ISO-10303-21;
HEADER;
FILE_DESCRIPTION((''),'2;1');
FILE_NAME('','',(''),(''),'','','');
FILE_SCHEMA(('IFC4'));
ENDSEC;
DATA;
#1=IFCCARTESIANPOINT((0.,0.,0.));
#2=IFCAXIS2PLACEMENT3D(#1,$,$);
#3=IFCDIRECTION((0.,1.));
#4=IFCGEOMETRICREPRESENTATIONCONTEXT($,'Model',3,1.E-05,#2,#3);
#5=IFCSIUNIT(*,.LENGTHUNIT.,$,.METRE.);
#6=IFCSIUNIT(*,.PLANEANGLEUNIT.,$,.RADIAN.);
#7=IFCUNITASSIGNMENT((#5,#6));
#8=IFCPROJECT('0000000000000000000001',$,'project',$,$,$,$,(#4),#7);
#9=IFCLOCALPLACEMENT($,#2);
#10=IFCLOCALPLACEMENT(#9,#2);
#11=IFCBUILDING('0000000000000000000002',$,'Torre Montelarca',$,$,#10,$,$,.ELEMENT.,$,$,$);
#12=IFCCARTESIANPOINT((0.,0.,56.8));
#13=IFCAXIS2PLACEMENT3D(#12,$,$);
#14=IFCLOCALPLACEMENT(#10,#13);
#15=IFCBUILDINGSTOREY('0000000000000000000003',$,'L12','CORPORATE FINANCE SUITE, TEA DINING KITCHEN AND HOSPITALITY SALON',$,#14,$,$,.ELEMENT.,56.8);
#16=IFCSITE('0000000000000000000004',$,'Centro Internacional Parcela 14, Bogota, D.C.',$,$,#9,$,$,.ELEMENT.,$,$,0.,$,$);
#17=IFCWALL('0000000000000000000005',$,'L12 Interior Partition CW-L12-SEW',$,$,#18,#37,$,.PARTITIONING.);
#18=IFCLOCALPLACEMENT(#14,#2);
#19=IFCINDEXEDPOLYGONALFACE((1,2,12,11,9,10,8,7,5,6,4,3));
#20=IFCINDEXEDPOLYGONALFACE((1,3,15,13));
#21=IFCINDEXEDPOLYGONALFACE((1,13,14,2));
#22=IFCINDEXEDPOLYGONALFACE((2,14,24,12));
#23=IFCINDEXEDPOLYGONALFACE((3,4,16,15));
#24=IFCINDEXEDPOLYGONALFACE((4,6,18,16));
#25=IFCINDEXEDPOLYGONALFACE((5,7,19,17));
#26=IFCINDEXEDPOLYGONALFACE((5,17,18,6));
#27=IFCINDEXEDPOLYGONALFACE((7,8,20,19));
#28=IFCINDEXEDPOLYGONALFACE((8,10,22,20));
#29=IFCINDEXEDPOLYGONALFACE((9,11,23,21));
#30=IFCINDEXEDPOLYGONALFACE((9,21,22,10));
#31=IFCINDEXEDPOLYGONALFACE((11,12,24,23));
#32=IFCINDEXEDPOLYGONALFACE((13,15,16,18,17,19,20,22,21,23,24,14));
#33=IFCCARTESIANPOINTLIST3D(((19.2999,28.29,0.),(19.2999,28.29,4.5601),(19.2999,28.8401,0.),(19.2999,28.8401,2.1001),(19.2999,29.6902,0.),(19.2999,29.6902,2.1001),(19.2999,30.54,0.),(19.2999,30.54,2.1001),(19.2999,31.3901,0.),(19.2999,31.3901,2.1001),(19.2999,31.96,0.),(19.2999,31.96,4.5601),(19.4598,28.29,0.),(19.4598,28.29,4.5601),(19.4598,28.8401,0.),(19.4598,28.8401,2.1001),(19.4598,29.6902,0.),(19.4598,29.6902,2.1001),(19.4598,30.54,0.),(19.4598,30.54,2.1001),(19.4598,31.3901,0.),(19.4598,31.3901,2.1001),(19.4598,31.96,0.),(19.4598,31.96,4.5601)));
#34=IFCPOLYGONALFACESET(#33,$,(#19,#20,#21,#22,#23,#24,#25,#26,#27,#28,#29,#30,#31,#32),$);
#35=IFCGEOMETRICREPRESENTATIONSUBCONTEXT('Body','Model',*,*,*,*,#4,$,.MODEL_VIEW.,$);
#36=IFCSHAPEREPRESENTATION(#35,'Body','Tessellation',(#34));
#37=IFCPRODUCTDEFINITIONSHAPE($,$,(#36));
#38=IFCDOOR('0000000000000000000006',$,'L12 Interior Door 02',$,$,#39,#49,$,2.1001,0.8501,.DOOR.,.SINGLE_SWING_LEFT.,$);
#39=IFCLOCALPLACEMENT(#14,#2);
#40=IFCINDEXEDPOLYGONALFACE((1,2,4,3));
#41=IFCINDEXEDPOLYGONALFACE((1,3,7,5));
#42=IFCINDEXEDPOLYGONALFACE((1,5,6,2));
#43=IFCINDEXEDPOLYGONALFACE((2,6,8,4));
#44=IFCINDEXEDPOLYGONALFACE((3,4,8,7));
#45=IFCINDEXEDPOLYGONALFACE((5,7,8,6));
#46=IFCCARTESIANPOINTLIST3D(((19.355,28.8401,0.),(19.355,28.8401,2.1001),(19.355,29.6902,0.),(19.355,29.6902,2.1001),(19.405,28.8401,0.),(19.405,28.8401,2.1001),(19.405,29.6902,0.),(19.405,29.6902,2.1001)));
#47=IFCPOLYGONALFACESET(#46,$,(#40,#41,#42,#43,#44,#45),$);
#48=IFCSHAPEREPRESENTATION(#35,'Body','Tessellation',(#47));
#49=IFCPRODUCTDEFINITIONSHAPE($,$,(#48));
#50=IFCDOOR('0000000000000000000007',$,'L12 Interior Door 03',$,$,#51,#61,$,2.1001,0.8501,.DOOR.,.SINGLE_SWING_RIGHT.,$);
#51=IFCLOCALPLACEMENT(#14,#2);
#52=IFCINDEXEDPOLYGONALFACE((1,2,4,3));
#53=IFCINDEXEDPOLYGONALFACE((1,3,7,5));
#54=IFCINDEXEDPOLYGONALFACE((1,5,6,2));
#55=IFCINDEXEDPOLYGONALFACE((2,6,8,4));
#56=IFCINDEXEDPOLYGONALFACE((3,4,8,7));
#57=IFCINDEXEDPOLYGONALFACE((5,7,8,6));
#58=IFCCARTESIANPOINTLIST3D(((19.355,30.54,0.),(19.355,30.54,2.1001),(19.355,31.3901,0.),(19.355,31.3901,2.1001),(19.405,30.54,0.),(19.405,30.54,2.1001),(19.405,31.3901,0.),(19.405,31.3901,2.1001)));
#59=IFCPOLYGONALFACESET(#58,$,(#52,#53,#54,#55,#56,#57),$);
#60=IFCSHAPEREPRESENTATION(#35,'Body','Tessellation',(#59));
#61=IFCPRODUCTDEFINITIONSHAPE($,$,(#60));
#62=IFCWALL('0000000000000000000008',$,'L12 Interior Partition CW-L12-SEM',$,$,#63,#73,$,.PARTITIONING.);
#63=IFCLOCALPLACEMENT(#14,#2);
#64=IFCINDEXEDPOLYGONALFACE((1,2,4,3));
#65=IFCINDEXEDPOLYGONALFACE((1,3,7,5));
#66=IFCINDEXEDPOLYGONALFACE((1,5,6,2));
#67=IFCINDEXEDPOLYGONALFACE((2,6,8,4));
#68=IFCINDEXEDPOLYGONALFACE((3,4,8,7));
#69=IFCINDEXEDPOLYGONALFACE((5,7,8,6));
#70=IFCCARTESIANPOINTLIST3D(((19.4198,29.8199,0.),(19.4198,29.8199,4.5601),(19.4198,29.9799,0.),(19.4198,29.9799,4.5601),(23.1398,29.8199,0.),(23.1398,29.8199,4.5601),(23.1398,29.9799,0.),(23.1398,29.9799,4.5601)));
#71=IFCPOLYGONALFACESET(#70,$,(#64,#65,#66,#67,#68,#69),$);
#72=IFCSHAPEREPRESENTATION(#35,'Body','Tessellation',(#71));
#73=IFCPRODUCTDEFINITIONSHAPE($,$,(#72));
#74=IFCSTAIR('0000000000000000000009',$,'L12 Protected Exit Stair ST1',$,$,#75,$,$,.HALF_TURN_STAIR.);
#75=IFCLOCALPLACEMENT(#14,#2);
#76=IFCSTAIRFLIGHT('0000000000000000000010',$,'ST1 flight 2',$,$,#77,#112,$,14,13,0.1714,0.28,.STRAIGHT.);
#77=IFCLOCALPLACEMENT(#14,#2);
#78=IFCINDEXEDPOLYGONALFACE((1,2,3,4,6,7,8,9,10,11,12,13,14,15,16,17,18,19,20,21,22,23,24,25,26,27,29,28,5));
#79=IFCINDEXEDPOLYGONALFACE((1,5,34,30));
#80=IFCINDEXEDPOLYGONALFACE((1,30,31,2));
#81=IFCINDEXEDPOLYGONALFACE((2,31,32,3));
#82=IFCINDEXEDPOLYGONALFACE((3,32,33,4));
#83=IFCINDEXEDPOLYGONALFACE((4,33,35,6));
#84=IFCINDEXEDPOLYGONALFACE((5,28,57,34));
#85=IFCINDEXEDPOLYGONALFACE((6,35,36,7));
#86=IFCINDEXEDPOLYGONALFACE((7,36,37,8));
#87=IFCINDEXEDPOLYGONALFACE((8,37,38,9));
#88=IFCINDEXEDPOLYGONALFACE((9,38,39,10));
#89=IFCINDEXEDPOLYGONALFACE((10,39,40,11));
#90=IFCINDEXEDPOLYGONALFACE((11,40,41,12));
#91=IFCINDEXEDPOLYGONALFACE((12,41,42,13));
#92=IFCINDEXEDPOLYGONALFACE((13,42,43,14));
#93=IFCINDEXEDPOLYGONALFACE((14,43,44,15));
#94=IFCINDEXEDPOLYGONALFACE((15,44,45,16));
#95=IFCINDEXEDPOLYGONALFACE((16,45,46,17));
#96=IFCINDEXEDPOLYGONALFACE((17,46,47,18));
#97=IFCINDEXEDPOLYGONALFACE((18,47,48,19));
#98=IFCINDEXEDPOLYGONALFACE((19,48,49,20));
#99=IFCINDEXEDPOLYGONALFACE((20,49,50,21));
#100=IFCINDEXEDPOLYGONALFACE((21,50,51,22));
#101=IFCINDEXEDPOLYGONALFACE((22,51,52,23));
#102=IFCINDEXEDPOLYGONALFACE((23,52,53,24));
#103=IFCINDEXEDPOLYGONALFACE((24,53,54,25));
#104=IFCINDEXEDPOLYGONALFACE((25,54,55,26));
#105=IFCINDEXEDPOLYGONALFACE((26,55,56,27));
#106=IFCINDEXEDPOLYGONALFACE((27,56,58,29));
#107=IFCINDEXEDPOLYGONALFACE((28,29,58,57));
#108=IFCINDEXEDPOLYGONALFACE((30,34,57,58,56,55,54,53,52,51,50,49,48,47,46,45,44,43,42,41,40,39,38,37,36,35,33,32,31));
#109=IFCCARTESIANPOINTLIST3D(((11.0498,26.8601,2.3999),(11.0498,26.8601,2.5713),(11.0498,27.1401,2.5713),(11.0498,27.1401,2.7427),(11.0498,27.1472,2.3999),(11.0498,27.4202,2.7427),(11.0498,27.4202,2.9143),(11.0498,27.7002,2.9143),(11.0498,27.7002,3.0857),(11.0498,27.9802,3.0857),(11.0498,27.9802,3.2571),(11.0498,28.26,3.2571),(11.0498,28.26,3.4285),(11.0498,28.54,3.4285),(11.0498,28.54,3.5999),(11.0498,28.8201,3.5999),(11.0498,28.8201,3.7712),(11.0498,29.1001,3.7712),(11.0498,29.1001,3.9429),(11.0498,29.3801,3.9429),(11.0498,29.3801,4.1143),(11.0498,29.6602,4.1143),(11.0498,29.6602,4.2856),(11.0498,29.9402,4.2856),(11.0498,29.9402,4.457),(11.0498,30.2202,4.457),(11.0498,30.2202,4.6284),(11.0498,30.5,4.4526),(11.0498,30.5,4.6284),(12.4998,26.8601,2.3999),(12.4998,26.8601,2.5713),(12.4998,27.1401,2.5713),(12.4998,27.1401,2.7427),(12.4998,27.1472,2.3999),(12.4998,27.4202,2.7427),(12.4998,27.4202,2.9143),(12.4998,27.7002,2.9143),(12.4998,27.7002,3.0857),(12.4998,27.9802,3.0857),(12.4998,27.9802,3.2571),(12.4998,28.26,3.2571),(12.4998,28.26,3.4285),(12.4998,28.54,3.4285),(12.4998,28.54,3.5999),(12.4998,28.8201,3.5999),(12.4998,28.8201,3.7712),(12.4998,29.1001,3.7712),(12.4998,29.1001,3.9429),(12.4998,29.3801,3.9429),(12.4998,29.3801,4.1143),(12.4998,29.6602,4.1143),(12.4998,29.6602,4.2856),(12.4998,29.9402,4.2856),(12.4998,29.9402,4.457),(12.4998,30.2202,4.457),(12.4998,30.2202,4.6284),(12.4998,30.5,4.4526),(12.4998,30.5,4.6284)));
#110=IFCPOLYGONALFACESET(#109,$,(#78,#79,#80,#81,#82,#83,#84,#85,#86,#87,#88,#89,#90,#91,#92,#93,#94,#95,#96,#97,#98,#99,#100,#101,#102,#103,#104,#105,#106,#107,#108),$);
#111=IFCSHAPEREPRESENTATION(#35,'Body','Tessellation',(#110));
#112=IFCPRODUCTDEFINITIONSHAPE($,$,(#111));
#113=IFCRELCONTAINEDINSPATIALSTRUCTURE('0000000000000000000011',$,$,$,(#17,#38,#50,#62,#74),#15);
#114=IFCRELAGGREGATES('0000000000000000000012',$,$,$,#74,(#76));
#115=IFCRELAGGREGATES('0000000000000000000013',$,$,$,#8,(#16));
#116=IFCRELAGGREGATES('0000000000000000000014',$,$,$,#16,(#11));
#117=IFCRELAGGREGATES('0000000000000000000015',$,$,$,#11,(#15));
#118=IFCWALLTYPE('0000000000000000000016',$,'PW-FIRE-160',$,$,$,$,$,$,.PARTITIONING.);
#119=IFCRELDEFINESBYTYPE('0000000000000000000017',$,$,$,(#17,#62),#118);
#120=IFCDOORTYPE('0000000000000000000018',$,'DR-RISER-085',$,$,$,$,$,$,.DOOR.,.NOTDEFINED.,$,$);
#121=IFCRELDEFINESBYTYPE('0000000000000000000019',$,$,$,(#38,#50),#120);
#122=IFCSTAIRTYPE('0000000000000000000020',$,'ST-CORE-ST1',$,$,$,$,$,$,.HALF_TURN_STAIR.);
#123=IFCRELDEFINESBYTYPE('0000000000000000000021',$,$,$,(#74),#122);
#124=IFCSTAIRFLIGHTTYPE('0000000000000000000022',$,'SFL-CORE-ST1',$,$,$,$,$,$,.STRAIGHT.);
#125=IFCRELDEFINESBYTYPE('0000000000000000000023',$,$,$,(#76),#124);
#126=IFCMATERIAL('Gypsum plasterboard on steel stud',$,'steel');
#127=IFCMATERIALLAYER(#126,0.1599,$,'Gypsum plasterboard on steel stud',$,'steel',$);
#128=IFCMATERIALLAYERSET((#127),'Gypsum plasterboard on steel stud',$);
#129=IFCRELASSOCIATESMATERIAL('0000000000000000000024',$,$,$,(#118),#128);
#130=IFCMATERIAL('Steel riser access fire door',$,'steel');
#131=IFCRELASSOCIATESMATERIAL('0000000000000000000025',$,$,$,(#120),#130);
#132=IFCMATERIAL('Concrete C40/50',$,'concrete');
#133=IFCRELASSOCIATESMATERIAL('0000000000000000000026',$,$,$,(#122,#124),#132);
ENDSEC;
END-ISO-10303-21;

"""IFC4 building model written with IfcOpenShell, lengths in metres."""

from ifc_helpers import new_model, si_unit, direction, frame, frame_2d, origin, place, context, subcontext, project, spatial, polyline, rectangle, outline, extrude, source, transform, mapped, material, layer, layer_set, type_object, element, fill, aggregate, save


model = new_model("IFC4")

# Units and contexts
model_context = context("Model", 3, precision=1e-05, world=origin(), true_north=direction((0.0, 1.0)))
body_context = subcontext(model_context, "Body", "Model", "MODEL_VIEW")
ifc_project = project(units=[si_unit("LENGTHUNIT", "METRE"), si_unit("PLANEANGLEUNIT", "RADIAN")], contexts=[model_context])

# Site, building, storey
site_placement = place(None, origin())
site = spatial("IfcSite", under=ifc_project, at=site_placement, Name="Centro Internacional Parcela 14, Bogota, D.C.", CompositionType="ELEMENT", RefElevation=0.0)
building_placement = place(site_placement, origin())
building = spatial("IfcBuilding", under=site, at=building_placement, Name="Torre Montelarca", CompositionType="ELEMENT")
storey_placement = place(building_placement, frame((0.0, 0.0, 56.8)))
storey = spatial("IfcBuildingStorey", under=building, at=storey_placement, Name="L12", Description="CORPORATE FINANCE SUITE, TEA DINING KITCHEN AND HOSPITALITY SALON", CompositionType="ELEMENT", Elevation=56.8)

# Shared definitions
ifc_material_1 = material(Name="Concrete C40/50", Category="concrete")

# Shared definitions
ifc_material_2 = material(Name="Gypsum plasterboard on steel stud", Category="steel")
ifc_layer_1 = layer(ifc_material_2, 0.1599, Name="Gypsum plasterboard on steel stud", Category="steel")
ifc_layer_set_1 = layer_set([ifc_layer_1], Name="Gypsum plasterboard on steel stud")
wall_type_1 = type_object("IfcWallType", Name="PW-FIRE-160", PredefinedType="PARTITIONING", material=ifc_layer_set_1)

# Wall, openings, doors
wall_1_placement = place(storey_placement, frame((19.3799, 28.29, 0.0), z_axis=(0.0, 0.0, 1.0), x_axis=(0.0, 1.0, 0.0)))
wall_1 = element("IfcWall", 1, at=wall_1_placement, inside=storey, type_object=wall_type_1, Name="L12 Interior Partition CW-L12-SEW", PredefinedType="PARTITIONING", context=body_context, shape_type="SweptSolid", body=[
    extrude(rectangle(XDim=3.6699, YDim=0.1599, at=frame_2d((1.835, 0.0))), origin(), (0.0, 0.0, 1.0), 4.5601),
])
opening_1_placement = place(wall_1_placement, frame((0.55, 0.0, 0.0)))
opening_1 = element("IfcOpeningElement", 2, at=opening_1_placement, cuts=wall_1, PredefinedType="OPENING", context=body_context, shape_type="SweptSolid", body=[
    extrude(rectangle(XDim=0.8501, YDim=2.1001, at=frame_2d((0.425, 1.05))), frame((0.0, 0.0898, 0.0), z_axis=(0.0, -1.0, 0.0), x_axis=(1.0, 0.0, 0.0)), (0.0, 0.0, 1.0), 0.1799),
])
opening_2_placement = place(wall_1_placement, frame((2.25, 0.0, 0.0)))
opening_2 = element("IfcOpeningElement", 3, at=opening_2_placement, cuts=wall_1, PredefinedType="OPENING", context=body_context, shape_type="SweptSolid", body=[
    extrude(rectangle(XDim=0.8501, YDim=2.1001, at=frame_2d((0.425, 1.05))), frame((0.0, 0.0898, 0.0), z_axis=(0.0, -1.0, 0.0), x_axis=(1.0, 0.0, 0.0)), (0.0, 0.0, 1.0), 0.1799),
])
ifc_material_3 = material(Name="Steel riser access fire door", Category="steel")
door_type_1 = type_object("IfcDoorType", Name="DR-RISER-085", OperationType="NOTDEFINED", PredefinedType="DOOR", material=ifc_material_3)
shared_shape_1 = source(origin(), body_context, "Body", "SweptSolid", [
    extrude(rectangle(XDim=0.8501, YDim=2.1001, at=frame_2d((0.425, 1.05))), frame((0.0, 0.0249, 0.0), z_axis=(0.0, -1.0, 0.0), x_axis=(1.0, 0.0, 0.0)), (0.0, 0.0, 1.0), 0.05),
])
door_1_placement = place(opening_1_placement, origin())
door_1 = element("IfcDoor", 4, at=door_1_placement, inside=storey, type_object=door_type_1, Name="L12 Interior Door 02", OperationType="SINGLE_SWING_LEFT", OverallHeight=2.1001, OverallWidth=0.8501, PredefinedType="DOOR", context=body_context, shape_type="MappedRepresentation", body=[
    mapped(shared_shape_1, transform((0.0, 0.0, 0.0), scale=1.0)),
])
fill(opening_1, door_1)
door_2_placement = place(opening_2_placement, origin())
door_2 = element("IfcDoor", 5, at=door_2_placement, inside=storey, type_object=door_type_1, Name="L12 Interior Door 03", OperationType="SINGLE_SWING_RIGHT", OverallHeight=2.1001, OverallWidth=0.8501, PredefinedType="DOOR", context=body_context, shape_type="MappedRepresentation", body=[
    mapped(shared_shape_1, transform((0.0, 0.0, 0.0), scale=1.0)),
])
fill(opening_2, door_2)

# Wall
wall_2_placement = place(storey_placement, frame((19.4199, 29.8999, 0.0), z_axis=(0.0, 0.0, 1.0), x_axis=(1.0, 0.0, 0.0)))
element("IfcWall", 6, at=wall_2_placement, inside=storey, type_object=wall_type_1, Name="L12 Interior Partition CW-L12-SEM", PredefinedType="PARTITIONING", context=body_context, shape_type="SweptSolid", body=[
    extrude(rectangle(XDim=3.72, YDim=0.1599, at=frame_2d((1.8599, 0.0))), origin(), (0.0, 0.0, 1.0), 4.5601),
])

# Stair, stair flight
stair_type = type_object("IfcStairType", Name="ST-CORE-ST1", PredefinedType="HALF_TURN_STAIR", material=ifc_material_1)
stair_placement = place(storey_placement, origin())
stair = element("IfcStair", 7, at=stair_placement, inside=storey, type_object=stair_type, Name="L12 Protected Exit Stair ST1", PredefinedType="HALF_TURN_STAIR")
stair_flight_type = type_object("IfcStairFlightType", Name="SFL-CORE-ST1", PredefinedType="STRAIGHT", material=ifc_material_1)
stair_flight_placement = place(storey_placement, frame((11.7749, 26.8601, 2.3999), z_axis=(0.0, 0.0, 1.0), x_axis=(0.0, 1.0, 0.0)))
stair_flight = element("IfcStairFlight", 8, at=stair_flight_placement, type_object=stair_flight_type, Name="ST1 flight 2", NumberOfRisers=14, NumberOfTreads=13, PredefinedType="STRAIGHT", RiserHeight=0.1714, TreadLength=0.28, context=body_context, shape_type="SweptSolid", body=[
    extrude(outline(polyline([(0.0, 0.0), (0.0, 0.1714), (0.28, 0.1714), (0.28, 0.3428), (0.5601, 0.3428), (0.5601, 0.5144), (0.8401, 0.5144), (0.8401, 0.6858), (1.1201, 0.6858), (1.1201, 0.8572), (1.3999, 0.8572), (1.3999, 1.0286), (1.6799, 1.0286), (1.6799, 1.2), (1.96, 1.2), (1.96, 1.3713), (2.24, 1.3713), (2.24, 1.543), (2.52, 1.543), (2.52, 1.7144), (2.8, 1.7144), (2.8, 1.8857), (3.0801, 1.8857), (3.0801, 2.0571), (3.3601, 2.0571), (3.3601, 2.2285), (3.6399, 2.2285), (3.6399, 2.3999), (3.6399, 2.0527), (0.2871, 0.0), (0.0, 0.0)])), frame((0.0, 0.7251, 0.0), z_axis=(0.0, -1.0, 0.0), x_axis=(1.0, 0.0, 0.0)), (0.0, 0.0, 1.0), 1.45),
])
aggregate(stair, [stair_flight])

save(model, "model.ifc")
